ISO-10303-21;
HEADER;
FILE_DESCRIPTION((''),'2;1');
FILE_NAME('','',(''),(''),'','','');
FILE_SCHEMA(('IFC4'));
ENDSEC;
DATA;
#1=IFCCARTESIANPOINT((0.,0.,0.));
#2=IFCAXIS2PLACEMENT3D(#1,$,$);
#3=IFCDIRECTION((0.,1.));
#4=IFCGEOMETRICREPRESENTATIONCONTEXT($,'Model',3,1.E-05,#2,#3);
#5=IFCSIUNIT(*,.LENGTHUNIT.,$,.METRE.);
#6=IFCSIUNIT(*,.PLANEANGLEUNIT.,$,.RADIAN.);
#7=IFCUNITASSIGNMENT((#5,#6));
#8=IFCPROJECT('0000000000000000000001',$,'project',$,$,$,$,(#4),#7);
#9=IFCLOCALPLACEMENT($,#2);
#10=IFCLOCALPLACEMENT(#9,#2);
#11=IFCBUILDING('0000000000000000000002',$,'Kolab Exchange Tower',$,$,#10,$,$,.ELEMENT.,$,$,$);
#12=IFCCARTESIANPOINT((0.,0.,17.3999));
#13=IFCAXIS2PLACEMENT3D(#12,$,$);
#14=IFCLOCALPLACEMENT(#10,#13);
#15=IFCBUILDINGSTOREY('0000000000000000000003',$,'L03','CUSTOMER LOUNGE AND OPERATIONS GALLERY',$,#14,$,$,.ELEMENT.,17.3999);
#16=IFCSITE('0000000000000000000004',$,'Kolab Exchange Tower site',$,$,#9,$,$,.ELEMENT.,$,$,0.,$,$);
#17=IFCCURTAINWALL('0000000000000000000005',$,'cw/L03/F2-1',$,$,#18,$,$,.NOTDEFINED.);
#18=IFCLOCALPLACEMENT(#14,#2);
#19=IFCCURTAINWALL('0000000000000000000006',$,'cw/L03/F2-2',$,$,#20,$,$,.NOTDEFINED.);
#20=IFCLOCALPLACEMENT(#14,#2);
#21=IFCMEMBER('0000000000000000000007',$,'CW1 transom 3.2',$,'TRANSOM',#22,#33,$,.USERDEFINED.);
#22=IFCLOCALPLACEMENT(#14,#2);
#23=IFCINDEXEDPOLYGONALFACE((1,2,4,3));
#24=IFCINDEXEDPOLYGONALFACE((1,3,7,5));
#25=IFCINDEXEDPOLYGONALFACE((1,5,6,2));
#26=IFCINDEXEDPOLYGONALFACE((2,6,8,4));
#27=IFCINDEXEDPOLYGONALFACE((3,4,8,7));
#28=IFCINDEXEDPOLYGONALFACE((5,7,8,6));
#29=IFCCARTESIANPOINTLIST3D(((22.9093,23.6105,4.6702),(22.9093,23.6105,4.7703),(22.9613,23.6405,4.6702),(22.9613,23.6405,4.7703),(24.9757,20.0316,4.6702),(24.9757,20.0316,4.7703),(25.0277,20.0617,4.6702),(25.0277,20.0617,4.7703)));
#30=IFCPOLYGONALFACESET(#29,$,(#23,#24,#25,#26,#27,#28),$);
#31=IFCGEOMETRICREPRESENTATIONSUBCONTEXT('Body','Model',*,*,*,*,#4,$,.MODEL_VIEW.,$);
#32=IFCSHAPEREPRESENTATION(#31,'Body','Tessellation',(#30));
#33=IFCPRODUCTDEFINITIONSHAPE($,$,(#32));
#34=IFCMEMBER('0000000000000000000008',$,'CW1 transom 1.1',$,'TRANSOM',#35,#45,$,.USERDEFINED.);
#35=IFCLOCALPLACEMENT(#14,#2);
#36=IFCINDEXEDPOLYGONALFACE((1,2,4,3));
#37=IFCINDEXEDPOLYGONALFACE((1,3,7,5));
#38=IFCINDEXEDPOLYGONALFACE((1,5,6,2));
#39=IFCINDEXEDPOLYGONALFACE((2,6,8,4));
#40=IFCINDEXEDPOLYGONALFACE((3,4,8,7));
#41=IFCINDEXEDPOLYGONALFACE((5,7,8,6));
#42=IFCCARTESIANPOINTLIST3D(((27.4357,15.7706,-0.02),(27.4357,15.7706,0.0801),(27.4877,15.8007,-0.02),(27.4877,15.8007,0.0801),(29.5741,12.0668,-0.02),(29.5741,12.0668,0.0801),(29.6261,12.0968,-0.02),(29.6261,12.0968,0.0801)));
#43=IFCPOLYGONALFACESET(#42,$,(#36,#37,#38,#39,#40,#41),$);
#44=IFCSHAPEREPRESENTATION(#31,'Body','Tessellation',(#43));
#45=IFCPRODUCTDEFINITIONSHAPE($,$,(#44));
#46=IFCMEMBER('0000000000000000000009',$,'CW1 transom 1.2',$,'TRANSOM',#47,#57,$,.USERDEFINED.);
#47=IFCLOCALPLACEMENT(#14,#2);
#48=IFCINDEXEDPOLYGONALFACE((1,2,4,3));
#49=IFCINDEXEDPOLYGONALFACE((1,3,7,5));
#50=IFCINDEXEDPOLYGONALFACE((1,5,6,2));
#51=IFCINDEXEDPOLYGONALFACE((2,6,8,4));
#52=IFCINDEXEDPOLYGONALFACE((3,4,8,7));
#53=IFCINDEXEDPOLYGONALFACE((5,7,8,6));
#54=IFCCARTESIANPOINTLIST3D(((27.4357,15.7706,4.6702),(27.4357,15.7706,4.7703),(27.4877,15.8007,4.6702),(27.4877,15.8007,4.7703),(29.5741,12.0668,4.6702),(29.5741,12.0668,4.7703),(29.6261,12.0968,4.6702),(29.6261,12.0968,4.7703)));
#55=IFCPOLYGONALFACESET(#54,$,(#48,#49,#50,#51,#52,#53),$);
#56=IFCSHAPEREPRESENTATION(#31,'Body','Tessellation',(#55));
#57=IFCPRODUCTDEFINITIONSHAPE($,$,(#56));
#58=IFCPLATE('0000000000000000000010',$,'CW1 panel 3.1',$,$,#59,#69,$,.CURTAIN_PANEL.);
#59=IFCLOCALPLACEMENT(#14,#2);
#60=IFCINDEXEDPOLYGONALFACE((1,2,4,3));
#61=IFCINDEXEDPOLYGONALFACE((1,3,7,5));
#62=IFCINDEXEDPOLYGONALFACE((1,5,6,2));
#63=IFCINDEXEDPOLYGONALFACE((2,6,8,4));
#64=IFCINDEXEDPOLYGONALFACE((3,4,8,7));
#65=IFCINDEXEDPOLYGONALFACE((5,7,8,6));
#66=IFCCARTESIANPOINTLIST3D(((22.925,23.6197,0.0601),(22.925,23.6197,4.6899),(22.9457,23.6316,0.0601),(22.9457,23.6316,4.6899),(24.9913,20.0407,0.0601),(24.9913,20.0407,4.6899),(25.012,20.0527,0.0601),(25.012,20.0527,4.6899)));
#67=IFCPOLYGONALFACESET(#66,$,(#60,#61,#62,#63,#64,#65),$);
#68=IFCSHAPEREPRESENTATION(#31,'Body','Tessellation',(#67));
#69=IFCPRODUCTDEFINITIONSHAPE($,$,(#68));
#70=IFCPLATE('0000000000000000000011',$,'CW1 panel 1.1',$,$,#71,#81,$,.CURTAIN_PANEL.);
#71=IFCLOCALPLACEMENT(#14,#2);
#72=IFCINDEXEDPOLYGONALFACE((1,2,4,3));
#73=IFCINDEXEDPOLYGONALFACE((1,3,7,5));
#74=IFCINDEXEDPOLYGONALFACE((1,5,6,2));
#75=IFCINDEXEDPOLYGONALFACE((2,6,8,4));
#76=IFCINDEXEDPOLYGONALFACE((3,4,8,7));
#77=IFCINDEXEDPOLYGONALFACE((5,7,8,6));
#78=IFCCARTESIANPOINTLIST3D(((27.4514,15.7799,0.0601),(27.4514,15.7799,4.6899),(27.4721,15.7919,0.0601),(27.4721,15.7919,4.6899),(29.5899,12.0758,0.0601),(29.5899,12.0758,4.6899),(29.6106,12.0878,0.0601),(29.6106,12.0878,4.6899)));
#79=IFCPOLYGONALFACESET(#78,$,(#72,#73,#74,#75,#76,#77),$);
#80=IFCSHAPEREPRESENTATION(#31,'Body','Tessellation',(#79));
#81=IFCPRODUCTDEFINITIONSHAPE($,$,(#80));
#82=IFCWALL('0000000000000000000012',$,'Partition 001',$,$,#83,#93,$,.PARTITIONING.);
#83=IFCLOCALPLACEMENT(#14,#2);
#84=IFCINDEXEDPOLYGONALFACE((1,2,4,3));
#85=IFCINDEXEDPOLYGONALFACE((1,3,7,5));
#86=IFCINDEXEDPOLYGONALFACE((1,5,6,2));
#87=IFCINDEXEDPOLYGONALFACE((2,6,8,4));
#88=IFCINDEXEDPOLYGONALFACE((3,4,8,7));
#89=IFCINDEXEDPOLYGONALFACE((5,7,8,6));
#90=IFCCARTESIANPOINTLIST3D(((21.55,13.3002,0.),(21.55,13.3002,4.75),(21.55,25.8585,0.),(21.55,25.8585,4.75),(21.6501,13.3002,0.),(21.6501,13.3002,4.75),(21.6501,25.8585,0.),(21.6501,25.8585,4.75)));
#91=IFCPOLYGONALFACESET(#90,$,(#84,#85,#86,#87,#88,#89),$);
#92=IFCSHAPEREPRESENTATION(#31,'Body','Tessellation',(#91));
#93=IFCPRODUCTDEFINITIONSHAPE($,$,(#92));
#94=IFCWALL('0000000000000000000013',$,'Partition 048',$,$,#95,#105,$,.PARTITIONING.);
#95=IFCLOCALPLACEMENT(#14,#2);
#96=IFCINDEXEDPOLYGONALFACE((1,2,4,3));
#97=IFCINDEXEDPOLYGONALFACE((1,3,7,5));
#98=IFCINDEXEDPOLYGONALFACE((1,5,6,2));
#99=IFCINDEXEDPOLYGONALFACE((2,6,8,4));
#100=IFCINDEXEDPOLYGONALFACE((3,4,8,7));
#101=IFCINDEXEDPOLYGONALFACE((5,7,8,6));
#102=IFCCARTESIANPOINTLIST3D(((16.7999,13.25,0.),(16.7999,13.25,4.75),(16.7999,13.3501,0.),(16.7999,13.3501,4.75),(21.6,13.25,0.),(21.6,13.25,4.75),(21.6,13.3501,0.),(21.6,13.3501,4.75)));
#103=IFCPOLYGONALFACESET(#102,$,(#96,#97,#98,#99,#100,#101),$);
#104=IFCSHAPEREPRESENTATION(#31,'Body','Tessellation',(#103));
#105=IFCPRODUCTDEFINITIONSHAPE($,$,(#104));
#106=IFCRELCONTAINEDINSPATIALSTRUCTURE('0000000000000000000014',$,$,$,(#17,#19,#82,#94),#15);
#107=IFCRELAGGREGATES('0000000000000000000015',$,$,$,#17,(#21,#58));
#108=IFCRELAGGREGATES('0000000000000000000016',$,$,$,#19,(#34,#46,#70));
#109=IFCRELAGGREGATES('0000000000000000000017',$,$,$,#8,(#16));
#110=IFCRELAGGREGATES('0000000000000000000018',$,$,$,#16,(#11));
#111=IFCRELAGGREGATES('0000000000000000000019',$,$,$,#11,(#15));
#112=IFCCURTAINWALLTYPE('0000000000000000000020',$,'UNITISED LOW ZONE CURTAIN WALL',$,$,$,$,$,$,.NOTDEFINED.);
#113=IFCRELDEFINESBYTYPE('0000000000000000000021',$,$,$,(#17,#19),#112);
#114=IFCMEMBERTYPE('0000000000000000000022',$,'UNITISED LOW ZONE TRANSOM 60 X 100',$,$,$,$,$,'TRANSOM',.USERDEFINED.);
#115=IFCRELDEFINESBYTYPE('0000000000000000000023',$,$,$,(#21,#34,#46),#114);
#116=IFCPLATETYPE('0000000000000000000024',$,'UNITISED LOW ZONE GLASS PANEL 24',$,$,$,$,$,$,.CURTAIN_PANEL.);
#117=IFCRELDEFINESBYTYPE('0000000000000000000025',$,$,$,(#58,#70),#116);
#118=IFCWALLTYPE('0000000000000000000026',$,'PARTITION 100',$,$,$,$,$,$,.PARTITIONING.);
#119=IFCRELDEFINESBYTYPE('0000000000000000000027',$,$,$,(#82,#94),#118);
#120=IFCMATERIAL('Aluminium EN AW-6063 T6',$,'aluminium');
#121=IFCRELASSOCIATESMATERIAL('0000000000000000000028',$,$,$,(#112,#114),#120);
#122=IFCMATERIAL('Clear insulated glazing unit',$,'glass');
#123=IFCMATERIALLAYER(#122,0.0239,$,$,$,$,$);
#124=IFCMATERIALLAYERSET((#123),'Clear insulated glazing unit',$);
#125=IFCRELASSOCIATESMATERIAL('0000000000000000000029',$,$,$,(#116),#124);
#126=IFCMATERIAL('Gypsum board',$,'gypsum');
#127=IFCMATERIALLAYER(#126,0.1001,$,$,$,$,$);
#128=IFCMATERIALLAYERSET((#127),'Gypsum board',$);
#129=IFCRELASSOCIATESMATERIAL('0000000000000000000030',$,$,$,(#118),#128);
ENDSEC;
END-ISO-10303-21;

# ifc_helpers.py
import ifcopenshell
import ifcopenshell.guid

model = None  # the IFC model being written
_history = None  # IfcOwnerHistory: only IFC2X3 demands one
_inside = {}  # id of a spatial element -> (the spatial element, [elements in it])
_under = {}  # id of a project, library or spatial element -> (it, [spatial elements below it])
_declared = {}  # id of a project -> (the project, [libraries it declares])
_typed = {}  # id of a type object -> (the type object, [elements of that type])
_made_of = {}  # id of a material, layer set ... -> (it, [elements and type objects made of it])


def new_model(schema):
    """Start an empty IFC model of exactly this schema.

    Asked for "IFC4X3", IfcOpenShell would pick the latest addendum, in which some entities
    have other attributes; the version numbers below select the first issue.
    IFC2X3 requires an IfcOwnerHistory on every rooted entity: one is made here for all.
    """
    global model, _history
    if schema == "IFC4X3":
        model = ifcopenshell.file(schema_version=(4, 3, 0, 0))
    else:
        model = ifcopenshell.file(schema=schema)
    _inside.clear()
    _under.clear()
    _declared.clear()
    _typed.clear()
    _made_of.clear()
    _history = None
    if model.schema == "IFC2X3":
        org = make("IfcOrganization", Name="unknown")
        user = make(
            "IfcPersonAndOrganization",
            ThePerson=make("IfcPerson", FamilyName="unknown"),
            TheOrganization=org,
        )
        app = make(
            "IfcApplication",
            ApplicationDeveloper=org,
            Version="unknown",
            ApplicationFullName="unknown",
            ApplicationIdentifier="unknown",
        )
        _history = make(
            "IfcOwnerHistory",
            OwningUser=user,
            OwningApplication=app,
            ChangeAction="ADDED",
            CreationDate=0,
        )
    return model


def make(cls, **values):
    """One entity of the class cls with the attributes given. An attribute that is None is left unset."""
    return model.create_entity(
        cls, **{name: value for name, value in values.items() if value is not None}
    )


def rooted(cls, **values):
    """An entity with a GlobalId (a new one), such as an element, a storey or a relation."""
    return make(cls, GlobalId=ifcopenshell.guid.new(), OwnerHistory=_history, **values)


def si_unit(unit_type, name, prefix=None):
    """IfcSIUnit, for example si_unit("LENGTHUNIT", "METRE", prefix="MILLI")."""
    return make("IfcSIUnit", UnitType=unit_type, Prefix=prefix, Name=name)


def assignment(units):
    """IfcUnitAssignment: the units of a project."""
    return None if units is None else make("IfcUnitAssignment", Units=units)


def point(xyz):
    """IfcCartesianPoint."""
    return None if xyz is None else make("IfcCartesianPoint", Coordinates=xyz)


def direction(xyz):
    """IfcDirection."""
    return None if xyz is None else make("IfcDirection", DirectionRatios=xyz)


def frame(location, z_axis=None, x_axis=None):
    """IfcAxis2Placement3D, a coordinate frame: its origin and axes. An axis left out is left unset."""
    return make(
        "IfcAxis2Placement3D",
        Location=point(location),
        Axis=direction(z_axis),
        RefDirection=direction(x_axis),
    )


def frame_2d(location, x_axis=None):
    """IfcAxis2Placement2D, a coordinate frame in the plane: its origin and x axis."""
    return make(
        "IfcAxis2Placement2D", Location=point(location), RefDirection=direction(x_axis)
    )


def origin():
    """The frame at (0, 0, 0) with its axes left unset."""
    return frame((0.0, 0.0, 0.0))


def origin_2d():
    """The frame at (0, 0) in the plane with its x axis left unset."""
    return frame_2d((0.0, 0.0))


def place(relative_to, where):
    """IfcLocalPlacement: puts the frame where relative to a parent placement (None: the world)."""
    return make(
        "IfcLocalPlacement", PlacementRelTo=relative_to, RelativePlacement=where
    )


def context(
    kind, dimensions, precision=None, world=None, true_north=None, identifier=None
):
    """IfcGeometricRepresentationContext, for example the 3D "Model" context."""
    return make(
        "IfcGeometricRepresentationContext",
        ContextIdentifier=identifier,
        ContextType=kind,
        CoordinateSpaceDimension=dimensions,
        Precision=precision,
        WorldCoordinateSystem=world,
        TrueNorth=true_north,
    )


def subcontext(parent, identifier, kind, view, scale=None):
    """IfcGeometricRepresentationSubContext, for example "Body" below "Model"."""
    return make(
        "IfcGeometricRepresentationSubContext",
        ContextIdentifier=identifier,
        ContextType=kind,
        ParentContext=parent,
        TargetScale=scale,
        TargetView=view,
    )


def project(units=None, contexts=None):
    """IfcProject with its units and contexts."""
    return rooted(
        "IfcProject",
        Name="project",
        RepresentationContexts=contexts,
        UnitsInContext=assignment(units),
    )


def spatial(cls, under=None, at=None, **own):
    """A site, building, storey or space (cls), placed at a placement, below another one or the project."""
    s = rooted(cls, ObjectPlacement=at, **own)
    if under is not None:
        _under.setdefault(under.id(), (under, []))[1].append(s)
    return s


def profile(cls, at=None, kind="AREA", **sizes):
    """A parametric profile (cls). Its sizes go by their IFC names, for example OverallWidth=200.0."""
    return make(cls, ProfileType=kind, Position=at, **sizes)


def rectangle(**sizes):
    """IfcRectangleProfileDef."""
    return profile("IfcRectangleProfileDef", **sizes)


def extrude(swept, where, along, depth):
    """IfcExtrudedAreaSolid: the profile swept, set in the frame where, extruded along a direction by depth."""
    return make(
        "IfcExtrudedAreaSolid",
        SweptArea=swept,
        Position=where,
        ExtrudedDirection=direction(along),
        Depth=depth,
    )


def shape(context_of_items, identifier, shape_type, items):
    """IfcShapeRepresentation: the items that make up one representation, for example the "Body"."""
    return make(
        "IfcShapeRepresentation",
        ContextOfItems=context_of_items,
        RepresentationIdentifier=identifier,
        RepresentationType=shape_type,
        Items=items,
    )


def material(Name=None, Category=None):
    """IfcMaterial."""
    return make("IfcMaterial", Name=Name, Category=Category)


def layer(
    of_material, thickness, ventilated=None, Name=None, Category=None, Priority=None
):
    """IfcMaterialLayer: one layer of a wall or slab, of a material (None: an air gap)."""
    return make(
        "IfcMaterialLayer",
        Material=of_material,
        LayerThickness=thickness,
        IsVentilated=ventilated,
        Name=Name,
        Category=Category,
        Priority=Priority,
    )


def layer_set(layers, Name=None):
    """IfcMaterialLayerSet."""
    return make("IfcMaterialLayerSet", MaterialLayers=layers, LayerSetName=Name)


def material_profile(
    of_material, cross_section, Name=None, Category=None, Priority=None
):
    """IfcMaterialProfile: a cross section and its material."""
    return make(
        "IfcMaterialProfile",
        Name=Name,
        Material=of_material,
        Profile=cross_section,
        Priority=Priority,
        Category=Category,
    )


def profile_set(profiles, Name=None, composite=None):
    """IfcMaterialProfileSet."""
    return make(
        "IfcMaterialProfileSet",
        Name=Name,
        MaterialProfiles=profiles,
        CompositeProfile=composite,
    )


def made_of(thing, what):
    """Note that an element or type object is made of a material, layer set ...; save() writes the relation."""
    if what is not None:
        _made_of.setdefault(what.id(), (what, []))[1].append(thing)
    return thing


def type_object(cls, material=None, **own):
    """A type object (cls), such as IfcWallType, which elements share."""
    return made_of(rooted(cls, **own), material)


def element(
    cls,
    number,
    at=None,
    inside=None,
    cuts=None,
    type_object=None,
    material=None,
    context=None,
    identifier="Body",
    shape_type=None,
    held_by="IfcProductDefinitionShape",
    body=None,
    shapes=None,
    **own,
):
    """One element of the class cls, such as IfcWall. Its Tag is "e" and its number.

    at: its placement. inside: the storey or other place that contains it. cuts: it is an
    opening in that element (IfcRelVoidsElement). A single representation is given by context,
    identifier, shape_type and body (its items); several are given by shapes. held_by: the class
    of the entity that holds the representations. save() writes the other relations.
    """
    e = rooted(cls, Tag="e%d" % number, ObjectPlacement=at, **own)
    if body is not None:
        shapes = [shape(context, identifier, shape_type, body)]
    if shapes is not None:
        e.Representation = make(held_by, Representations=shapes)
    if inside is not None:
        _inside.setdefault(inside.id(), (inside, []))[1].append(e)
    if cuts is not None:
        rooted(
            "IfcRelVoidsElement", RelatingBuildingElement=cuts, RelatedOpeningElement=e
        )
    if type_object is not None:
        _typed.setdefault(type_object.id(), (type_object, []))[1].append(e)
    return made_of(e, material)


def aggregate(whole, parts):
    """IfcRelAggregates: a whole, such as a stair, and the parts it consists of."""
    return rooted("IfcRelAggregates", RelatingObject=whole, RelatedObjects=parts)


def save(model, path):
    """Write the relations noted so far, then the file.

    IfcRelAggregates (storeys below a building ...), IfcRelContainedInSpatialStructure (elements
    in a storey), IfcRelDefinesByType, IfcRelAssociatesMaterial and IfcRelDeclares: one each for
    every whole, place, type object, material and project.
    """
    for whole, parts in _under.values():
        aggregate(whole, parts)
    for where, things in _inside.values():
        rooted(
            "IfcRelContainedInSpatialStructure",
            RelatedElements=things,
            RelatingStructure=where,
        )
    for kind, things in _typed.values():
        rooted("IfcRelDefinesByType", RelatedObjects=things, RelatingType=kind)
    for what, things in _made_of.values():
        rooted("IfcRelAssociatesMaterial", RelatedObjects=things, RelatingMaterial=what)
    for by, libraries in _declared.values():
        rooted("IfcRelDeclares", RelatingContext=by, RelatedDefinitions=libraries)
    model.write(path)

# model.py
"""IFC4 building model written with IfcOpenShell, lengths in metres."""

from ifc_helpers import new_model, si_unit, direction, frame, frame_2d, origin, origin_2d, place, context, subcontext, project, spatial, rectangle, extrude, material, layer, layer_set, material_profile, profile_set, type_object, element, aggregate, save


model = new_model("IFC4")

# Units and contexts
model_context = context("Model", 3, precision=1e-05, world=origin(), true_north=direction((0.0, 1.0)))
body_context = subcontext(model_context, "Body", "Model", "MODEL_VIEW")
ifc_project = project(units=[si_unit("LENGTHUNIT", "METRE"), si_unit("PLANEANGLEUNIT", "RADIAN")], contexts=[model_context])

# Site, building, storey
site_placement = place(None, origin())
site = spatial("IfcSite", under=ifc_project, at=site_placement, Name="Kolab Exchange Tower site", CompositionType="ELEMENT", RefElevation=0.0)
building_placement = place(site_placement, origin())
building = spatial("IfcBuilding", under=site, at=building_placement, Name="Kolab Exchange Tower", CompositionType="ELEMENT")
storey_placement = place(building_placement, frame((0.0, 0.0, 17.3999)))
storey = spatial("IfcBuildingStorey", under=building, at=storey_placement, Name="L03", Description="CUSTOMER LOUNGE AND OPERATIONS GALLERY", CompositionType="ELEMENT", Elevation=17.3999)

# Curtain walls
ifc_material_1 = material(Name="Aluminium EN AW-6063 T6", Category="aluminium")
curtain_wall_type = type_object("IfcCurtainWallType", Name="UNITISED LOW ZONE CURTAIN WALL", PredefinedType="NOTDEFINED", material=ifc_material_1)
curtain_wall_1_placement = place(storey_placement, origin())
curtain_wall_1 = element("IfcCurtainWall", 1, at=curtain_wall_1_placement, inside=storey, type_object=curtain_wall_type, Name="cw/L03/F2-1", PredefinedType="NOTDEFINED")
curtain_wall_2_placement = place(storey_placement, origin())
curtain_wall_2 = element("IfcCurtainWall", 2, at=curtain_wall_2_placement, inside=storey, type_object=curtain_wall_type, Name="cw/L03/F2-2", PredefinedType="NOTDEFINED")

# Members
ifc_material_profile_1 = material_profile(ifc_material_1, rectangle(XDim=0.0601, YDim=0.1001, at=origin_2d()), Name="RECT 60X100")
ifc_profile_set_1 = profile_set([ifc_material_profile_1], Name="Aluminium EN AW-6063 T6")
member_type_1 = type_object("IfcMemberType", Name="UNITISED LOW ZONE TRANSOM 60 X 100", ElementType="TRANSOM", PredefinedType="USERDEFINED", material=ifc_profile_set_1)
member_1_placement = place(storey_placement, frame((22.9353, 23.6255, 4.7202), z_axis=(0.500028, -0.866009, 0.0), x_axis=(0.866009, 0.500028, 0.0)))
member_1 = element("IfcMember", 3, at=member_1_placement, type_object=member_type_1, Name="CW1 transom 3.2", ObjectType="TRANSOM", PredefinedType="USERDEFINED", context=body_context, shape_type="SweptSolid", body=[
    extrude(rectangle(XDim=0.0601, YDim=0.1001, at=origin_2d()), origin(), (0.0, 0.0, 1.0), 4.1326),
])
member_2_placement = place(storey_placement, frame((27.4617, 15.7856, 0.03), z_axis=(0.500001, -0.866025, 0.0), x_axis=(0.866025, 0.500001, 0.0)))
member_2 = element("IfcMember", 4, at=member_2_placement, type_object=member_type_1, Name="CW1 transom 1.1", ObjectType="TRANSOM", PredefinedType="USERDEFINED", context=body_context, shape_type="SweptSolid", body=[
    extrude(rectangle(XDim=0.0601, YDim=0.1001, at=origin_2d()), origin(), (0.0, 0.0, 1.0), 4.2769),
])
member_3_placement = place(storey_placement, frame((27.4617, 15.7856, 4.7202), z_axis=(0.500001, -0.866025, 0.0), x_axis=(0.866025, 0.500001, 0.0)))
member_3 = element("IfcMember", 5, at=member_3_placement, type_object=member_type_1, Name="CW1 transom 1.2", ObjectType="TRANSOM", PredefinedType="USERDEFINED", context=body_context, shape_type="SweptSolid", body=[
    extrude(rectangle(XDim=0.0601, YDim=0.1001, at=origin_2d()), origin(), (0.0, 0.0, 1.0), 4.2769),
])

# Plates
ifc_material_2 = material(Name="Clear insulated glazing unit", Category="glass")
ifc_layer_1 = layer(ifc_material_2, 0.0239)
ifc_layer_set_1 = layer_set([ifc_layer_1], Name="Clear insulated glazing unit")
plate_type = type_object("IfcPlateType", Name="UNITISED LOW ZONE GLASS PANEL 24", PredefinedType="CURTAIN_PANEL", material=ifc_layer_set_1)
plate_1_placement = place(storey_placement, frame((23.9685, 21.8362, 0.0601), z_axis=(0.0, 0.0, 1.0), x_axis=(0.5, -0.866025, 0.0)))
plate_1 = element("IfcPlate", 6, at=plate_1_placement, type_object=plate_type, Name="CW1 panel 3.1", PredefinedType="CURTAIN_PANEL", context=body_context, shape_type="SweptSolid", body=[
    extrude(rectangle(XDim=4.1326, YDim=0.0239, at=origin_2d()), origin(), (0.0, 0.0, 1.0), 4.6299),
])
aggregate(curtain_wall_1, [member_1, plate_1])
plate_2_placement = place(storey_placement, frame((28.531, 13.9338, 0.0601), z_axis=(0.0, 0.0, 1.0), x_axis=(0.5, -0.866025, 0.0)))
plate_2 = element("IfcPlate", 7, at=plate_2_placement, type_object=plate_type, Name="CW1 panel 1.1", PredefinedType="CURTAIN_PANEL", context=body_context, shape_type="SweptSolid", body=[
    extrude(rectangle(XDim=4.2771, YDim=0.0239, at=origin_2d()), origin(), (0.0, 0.0, 1.0), 4.6299),
])
aggregate(curtain_wall_2, [member_2, member_3, plate_2])

# Walls
ifc_material_3 = material(Name="Gypsum board", Category="gypsum")
ifc_layer_2 = layer(ifc_material_3, 0.1001)
ifc_layer_set_2 = layer_set([ifc_layer_2], Name="Gypsum board")
wall_type_1 = type_object("IfcWallType", Name="PARTITION 100", PredefinedType="PARTITIONING", material=ifc_layer_set_2)
wall_1_placement = place(storey_placement, frame((21.6001, 13.3, 0.0), z_axis=(0.0, 0.0, 1.0), x_axis=(0.0, 1.0, 0.0)))
element("IfcWall", 8, at=wall_1_placement, inside=storey, type_object=wall_type_1, Name="Partition 001", PredefinedType="PARTITIONING", context=body_context, shape_type="SweptSolid", body=[
    extrude(rectangle(XDim=12.5583, YDim=0.1001, at=frame_2d((6.2793, 0.0))), origin(), (0.0, 0.0, 1.0), 4.75),
])
wall_2_placement = place(storey_placement, frame((16.8, 13.3, 0.0), z_axis=(0.0, 0.0, 1.0), x_axis=(1.0, 0.0, 0.0)))
element("IfcWall", 9, at=wall_2_placement, inside=storey, type_object=wall_type_1, Name="Partition 048", PredefinedType="PARTITIONING", context=body_context, shape_type="SweptSolid", body=[
    extrude(rectangle(XDim=4.8, YDim=0.1001, at=frame_2d((2.3999, 0.0))), origin(), (0.0, 0.0, 1.0), 4.75),
])

save(model, "model.ifc")
